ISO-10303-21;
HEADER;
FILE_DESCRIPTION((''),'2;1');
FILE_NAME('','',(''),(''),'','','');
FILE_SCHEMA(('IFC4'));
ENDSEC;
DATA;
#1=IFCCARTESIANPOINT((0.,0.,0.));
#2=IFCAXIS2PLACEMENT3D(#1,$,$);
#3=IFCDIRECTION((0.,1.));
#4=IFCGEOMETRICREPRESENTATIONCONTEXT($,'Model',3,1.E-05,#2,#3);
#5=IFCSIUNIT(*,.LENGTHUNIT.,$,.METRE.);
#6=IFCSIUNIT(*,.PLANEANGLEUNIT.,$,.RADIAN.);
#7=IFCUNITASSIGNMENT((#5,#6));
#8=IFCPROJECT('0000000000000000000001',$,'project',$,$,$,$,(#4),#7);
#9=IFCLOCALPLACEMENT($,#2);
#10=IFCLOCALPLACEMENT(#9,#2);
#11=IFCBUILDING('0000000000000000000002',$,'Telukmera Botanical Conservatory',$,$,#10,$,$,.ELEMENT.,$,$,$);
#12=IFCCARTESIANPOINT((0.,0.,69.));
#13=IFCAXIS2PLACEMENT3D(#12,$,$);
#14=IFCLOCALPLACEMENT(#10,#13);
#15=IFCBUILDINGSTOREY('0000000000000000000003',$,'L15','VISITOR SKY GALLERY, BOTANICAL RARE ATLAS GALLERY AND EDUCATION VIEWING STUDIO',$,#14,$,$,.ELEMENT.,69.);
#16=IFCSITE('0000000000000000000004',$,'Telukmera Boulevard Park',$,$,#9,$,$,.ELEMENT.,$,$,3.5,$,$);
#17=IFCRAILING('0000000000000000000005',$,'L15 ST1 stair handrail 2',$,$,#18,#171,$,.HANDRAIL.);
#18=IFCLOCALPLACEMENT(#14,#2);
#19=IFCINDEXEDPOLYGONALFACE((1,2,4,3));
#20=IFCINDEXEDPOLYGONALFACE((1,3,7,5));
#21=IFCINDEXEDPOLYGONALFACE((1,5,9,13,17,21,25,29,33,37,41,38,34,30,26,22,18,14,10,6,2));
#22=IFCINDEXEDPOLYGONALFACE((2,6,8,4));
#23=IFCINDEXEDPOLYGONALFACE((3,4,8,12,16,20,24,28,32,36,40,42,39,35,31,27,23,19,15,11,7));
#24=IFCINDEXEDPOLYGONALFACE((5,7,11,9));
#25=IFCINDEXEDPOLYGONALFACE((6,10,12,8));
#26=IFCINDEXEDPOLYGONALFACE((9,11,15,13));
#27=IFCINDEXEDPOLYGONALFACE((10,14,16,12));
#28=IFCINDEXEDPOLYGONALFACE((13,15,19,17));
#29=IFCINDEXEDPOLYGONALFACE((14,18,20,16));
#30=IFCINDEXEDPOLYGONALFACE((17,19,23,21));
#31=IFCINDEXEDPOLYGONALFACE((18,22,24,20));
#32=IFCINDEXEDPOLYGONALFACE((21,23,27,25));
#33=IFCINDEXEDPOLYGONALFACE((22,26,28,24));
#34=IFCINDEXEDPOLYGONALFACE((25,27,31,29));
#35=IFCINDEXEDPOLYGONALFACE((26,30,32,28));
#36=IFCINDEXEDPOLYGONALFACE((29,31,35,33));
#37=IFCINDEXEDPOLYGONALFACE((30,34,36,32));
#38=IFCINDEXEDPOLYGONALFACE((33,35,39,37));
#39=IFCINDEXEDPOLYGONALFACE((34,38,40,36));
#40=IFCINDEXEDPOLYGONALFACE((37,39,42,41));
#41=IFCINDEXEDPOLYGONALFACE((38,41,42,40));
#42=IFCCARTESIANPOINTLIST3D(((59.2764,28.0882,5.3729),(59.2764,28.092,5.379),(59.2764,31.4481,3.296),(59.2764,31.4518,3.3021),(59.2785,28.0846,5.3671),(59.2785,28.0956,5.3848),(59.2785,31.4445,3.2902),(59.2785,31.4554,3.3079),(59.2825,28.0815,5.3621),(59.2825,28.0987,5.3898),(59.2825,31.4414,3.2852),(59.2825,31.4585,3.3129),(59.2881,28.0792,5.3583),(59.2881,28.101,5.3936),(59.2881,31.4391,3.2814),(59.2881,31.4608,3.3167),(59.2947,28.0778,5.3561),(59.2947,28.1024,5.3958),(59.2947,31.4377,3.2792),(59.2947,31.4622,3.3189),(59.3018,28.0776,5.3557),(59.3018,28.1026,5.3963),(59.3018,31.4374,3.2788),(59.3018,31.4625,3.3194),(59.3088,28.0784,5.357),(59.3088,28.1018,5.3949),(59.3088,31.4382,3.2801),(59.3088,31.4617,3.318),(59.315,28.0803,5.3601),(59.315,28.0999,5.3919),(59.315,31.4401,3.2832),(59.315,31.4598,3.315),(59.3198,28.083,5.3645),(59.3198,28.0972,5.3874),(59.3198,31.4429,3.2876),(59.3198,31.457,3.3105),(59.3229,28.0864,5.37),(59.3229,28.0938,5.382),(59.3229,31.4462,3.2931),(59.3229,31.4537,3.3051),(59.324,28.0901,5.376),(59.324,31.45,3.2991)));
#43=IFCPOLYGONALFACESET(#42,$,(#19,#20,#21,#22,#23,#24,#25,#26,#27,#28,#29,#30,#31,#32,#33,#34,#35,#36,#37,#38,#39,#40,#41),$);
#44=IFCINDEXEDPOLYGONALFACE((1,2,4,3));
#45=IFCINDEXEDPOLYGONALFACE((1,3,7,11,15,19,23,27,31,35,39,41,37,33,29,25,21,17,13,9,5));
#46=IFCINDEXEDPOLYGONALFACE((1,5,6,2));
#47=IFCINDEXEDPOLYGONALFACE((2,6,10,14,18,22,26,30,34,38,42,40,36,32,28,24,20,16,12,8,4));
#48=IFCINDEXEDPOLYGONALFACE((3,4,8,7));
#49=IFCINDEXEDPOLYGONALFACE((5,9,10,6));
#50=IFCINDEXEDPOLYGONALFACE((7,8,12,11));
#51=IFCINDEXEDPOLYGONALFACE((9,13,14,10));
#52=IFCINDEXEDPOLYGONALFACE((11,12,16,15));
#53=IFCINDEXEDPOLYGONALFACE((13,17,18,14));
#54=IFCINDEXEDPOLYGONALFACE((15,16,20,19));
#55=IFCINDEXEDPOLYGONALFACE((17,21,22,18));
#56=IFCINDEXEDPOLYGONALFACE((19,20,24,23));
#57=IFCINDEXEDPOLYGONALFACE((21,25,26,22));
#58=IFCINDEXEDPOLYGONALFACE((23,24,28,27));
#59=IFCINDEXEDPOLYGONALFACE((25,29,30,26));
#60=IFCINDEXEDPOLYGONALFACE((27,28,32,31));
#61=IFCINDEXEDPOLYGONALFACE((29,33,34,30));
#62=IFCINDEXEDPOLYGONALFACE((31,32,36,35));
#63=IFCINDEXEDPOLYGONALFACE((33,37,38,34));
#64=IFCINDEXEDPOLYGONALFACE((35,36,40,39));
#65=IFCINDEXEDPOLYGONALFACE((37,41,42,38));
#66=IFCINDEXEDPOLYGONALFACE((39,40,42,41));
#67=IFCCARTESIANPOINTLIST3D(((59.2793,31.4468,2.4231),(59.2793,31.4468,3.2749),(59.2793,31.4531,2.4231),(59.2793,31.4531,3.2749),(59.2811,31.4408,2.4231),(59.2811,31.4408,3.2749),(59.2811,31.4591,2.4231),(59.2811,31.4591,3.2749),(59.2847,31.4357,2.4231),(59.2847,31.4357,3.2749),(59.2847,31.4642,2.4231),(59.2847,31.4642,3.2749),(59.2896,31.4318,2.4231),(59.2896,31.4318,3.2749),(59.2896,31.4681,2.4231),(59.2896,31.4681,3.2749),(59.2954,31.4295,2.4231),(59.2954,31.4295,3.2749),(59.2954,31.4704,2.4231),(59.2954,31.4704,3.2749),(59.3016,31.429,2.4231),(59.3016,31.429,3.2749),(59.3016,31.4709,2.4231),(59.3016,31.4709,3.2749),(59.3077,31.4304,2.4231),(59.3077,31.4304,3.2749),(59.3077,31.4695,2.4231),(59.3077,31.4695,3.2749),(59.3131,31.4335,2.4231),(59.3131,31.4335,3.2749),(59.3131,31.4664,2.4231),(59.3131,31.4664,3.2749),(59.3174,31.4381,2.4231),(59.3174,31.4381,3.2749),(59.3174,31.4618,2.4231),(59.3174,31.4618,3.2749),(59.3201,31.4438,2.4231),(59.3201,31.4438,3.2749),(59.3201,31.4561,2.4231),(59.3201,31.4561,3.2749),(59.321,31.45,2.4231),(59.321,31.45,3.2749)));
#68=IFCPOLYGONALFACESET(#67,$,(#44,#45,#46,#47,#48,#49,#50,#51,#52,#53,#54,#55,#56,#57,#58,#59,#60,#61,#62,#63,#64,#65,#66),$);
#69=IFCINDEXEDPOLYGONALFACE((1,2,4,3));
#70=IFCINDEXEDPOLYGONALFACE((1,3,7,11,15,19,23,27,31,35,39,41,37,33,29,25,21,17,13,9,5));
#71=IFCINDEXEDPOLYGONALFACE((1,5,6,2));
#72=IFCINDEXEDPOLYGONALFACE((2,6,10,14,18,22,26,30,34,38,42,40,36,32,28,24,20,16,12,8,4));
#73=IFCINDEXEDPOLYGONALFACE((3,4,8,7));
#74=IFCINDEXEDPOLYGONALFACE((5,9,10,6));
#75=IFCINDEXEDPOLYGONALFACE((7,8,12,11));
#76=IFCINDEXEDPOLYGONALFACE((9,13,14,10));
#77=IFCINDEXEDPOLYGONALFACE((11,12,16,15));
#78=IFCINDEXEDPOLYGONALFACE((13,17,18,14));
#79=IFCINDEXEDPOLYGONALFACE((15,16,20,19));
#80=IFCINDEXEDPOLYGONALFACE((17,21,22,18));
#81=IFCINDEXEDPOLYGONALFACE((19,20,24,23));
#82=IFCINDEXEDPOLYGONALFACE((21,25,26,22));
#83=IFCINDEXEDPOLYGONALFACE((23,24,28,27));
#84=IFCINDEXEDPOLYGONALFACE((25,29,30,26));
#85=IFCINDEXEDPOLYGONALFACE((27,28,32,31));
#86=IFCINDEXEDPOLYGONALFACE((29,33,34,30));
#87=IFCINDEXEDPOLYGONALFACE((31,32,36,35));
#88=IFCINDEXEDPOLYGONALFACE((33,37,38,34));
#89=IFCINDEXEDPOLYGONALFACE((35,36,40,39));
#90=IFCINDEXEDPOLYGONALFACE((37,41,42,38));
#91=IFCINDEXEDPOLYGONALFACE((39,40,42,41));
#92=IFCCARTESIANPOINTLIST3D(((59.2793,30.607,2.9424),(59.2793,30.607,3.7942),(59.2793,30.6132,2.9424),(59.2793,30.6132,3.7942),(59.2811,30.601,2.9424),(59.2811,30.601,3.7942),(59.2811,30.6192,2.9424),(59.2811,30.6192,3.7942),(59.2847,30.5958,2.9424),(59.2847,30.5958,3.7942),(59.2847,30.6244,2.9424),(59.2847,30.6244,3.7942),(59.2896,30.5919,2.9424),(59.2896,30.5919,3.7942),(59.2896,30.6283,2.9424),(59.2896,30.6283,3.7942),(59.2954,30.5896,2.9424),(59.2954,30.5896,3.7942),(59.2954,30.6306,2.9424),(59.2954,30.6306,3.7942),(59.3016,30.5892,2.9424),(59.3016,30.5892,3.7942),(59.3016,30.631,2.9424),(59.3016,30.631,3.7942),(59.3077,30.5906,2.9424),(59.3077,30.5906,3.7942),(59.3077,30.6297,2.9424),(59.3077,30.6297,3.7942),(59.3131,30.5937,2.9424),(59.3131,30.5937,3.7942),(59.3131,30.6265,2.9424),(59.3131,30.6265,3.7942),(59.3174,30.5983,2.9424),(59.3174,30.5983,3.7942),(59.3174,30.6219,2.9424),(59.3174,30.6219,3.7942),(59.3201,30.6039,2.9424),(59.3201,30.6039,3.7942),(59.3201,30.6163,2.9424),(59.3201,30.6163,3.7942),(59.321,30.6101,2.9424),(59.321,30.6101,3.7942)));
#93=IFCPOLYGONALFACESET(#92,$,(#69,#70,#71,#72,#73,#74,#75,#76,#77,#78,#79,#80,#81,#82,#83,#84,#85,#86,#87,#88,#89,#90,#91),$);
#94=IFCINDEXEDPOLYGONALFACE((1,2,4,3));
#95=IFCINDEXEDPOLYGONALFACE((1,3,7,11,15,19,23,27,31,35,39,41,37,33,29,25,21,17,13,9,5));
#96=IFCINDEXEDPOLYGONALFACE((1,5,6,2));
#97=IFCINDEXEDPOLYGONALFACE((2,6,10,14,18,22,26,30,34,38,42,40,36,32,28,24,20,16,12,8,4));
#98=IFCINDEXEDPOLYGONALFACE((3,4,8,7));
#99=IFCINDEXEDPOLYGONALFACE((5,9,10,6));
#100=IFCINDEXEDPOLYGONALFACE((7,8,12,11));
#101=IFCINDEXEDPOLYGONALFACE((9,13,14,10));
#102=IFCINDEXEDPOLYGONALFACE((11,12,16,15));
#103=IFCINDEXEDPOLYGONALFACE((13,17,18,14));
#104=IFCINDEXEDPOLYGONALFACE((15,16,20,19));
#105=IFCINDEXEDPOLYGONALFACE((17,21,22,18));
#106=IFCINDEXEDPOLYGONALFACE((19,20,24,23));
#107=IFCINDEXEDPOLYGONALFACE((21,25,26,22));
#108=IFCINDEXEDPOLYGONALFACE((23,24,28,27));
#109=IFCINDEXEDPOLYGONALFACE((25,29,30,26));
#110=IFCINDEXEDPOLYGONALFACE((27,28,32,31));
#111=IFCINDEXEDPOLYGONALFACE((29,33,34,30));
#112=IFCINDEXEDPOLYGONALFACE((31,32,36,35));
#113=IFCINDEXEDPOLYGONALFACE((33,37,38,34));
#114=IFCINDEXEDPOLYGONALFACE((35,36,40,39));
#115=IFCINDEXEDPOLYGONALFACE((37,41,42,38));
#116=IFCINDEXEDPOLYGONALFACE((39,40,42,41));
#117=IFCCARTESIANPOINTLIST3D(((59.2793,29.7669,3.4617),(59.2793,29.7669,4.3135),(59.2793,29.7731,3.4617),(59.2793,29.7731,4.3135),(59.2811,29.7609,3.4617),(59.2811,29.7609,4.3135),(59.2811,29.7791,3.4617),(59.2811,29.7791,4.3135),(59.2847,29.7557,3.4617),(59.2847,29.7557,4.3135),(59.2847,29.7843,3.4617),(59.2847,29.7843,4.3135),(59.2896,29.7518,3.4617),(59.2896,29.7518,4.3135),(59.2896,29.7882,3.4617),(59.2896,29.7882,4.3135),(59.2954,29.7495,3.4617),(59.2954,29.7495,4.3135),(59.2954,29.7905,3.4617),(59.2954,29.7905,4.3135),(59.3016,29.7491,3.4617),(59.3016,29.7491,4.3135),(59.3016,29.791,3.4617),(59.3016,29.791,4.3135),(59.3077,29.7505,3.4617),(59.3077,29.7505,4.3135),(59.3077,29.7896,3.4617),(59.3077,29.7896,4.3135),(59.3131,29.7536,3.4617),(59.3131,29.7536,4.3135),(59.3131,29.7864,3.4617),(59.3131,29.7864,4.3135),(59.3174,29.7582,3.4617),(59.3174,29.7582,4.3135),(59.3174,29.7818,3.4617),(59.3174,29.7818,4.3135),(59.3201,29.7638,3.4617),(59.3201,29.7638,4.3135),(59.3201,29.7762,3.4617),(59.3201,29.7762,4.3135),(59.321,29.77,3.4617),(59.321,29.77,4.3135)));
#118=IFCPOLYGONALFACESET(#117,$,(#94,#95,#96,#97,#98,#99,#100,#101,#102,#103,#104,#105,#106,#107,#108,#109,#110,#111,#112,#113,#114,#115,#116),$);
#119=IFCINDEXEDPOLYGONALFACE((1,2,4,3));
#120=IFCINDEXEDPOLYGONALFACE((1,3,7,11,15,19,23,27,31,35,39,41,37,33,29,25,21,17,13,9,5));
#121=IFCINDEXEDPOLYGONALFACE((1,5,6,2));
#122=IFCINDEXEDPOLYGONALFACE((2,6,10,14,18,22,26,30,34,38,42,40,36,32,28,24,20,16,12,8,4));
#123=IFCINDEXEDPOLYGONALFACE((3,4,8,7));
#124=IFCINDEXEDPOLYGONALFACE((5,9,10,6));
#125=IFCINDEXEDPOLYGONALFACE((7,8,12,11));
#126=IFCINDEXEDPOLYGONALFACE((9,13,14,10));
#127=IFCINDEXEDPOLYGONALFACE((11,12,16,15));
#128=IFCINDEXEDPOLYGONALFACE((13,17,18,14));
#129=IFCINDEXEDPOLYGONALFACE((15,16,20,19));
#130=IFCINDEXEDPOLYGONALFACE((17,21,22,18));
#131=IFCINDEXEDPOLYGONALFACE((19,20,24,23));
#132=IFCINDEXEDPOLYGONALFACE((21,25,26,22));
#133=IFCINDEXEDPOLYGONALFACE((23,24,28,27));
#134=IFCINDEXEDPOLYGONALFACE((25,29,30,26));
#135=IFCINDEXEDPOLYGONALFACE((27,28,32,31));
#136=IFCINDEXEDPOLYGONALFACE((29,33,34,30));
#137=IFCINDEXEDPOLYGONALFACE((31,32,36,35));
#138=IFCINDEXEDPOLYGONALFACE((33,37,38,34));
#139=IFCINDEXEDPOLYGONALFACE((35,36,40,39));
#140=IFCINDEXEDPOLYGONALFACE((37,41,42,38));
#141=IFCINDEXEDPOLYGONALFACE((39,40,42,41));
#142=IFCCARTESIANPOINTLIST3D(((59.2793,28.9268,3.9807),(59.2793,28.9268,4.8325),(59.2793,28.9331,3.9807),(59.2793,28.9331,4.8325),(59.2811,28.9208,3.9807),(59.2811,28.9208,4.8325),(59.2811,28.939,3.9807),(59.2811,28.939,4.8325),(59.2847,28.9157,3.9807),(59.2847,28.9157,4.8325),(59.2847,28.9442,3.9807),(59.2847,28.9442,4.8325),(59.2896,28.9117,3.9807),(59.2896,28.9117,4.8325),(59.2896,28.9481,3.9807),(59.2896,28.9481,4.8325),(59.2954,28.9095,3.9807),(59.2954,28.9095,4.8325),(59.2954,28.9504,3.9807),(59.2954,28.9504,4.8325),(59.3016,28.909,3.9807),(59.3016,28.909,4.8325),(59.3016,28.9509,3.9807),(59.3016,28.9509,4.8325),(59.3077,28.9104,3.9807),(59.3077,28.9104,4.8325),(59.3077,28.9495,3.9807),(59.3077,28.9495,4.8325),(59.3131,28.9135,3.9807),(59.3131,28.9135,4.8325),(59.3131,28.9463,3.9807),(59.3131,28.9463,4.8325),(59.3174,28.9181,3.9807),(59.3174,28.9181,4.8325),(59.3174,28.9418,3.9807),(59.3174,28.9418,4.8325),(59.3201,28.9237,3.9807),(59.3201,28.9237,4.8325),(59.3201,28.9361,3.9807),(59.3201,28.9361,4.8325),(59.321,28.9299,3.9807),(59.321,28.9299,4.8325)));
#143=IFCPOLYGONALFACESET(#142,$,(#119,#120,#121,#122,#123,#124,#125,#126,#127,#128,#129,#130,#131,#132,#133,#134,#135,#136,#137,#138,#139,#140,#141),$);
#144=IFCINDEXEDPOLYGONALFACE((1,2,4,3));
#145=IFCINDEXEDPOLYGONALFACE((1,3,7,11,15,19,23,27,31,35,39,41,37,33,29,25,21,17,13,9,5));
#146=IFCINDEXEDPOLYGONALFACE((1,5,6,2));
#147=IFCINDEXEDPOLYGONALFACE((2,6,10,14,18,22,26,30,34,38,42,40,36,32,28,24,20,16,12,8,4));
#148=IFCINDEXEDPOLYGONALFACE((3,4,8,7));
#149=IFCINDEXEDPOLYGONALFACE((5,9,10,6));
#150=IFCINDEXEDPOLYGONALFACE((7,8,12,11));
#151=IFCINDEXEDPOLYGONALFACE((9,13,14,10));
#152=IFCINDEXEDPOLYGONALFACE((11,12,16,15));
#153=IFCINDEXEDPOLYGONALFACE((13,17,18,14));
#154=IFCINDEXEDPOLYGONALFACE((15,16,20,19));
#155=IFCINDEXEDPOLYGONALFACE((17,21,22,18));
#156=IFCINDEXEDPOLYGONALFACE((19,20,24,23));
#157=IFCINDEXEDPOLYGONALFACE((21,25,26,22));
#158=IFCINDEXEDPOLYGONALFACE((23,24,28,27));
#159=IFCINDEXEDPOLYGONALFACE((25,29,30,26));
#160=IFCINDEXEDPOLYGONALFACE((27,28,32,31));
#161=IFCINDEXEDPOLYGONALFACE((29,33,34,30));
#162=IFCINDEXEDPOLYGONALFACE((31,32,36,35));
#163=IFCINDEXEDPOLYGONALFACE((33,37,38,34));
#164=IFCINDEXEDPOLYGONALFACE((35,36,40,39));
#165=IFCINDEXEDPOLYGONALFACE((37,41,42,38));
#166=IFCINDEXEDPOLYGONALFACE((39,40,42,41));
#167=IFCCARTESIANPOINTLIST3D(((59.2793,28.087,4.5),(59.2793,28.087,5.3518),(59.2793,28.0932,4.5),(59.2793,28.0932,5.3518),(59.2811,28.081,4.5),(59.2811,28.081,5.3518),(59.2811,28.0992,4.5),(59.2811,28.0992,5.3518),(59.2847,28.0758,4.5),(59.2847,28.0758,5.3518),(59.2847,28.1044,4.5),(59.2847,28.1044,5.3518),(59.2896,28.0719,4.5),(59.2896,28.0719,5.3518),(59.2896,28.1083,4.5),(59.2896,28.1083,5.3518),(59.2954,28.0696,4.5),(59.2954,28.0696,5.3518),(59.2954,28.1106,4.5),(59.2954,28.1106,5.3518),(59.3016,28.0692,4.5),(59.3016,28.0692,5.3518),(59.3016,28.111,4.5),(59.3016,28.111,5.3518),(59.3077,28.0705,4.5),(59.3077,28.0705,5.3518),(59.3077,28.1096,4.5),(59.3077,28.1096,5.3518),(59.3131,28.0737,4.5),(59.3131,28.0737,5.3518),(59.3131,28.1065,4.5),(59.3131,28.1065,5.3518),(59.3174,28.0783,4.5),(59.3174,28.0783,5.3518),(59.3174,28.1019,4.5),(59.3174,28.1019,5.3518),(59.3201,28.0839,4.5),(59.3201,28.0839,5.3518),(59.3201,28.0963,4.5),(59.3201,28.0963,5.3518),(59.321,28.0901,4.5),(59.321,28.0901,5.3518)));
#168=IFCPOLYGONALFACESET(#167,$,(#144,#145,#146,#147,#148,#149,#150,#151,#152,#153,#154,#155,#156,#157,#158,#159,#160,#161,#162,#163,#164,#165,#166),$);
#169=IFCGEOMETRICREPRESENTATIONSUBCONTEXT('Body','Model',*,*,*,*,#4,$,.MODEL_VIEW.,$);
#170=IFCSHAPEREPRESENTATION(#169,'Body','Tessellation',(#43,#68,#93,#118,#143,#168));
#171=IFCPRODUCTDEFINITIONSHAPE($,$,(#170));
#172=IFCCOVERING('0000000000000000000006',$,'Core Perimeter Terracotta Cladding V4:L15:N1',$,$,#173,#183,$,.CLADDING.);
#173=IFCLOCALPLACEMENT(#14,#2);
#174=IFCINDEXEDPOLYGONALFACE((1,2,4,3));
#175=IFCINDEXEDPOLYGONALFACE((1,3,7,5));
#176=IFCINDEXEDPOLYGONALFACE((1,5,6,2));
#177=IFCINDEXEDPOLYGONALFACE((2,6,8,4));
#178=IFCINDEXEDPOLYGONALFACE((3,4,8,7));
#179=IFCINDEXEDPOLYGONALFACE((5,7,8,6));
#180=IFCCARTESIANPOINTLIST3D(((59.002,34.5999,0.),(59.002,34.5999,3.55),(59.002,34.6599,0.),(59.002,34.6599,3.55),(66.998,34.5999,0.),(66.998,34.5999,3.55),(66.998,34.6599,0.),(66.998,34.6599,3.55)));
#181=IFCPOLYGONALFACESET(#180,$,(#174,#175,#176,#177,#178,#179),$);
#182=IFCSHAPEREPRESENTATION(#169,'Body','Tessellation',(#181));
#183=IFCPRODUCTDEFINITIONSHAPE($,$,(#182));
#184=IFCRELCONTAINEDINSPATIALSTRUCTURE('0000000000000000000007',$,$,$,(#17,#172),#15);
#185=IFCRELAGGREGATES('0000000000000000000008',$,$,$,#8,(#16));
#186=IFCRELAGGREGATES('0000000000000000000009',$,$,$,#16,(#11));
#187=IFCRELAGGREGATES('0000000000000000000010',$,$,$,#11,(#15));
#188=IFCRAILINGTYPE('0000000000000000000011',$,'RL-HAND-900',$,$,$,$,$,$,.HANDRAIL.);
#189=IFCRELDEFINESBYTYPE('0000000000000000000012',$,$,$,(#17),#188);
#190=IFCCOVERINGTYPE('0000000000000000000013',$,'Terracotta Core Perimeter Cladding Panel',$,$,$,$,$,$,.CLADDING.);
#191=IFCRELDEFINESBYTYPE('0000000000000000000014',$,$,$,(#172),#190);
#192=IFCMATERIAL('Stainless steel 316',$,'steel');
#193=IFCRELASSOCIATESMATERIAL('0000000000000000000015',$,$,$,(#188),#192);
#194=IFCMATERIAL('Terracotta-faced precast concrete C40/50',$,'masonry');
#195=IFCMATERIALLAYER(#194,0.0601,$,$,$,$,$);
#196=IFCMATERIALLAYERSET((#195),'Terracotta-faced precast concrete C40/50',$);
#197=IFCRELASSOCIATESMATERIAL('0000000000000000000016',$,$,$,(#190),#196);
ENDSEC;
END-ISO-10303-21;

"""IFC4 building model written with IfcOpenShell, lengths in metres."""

from ifc_helpers import new_model, si_unit, direction, frame, origin, origin_2d, place, context, subcontext, project, spatial, rectangle, circle, extrude, material, layer, layer_set, type_object, element, save


model = new_model("IFC4")

# Units and contexts
model_context = context("Model", 3, precision=1e-05, world=origin(), true_north=direction((0.0, 1.0)))
body_context = subcontext(model_context, "Body", "Model", "MODEL_VIEW")
ifc_project = project(units=[si_unit("LENGTHUNIT", "METRE"), si_unit("PLANEANGLEUNIT", "RADIAN")], contexts=[model_context])

# Site, building, storey
site_placement = place(None, origin())
site = spatial("IfcSite", under=ifc_project, at=site_placement, Name="Telukmera Boulevard Park", CompositionType="ELEMENT", RefElevation=3.5)
building_placement = place(site_placement, origin())
building = spatial("IfcBuilding", under=site, at=building_placement, Name="Telukmera Botanical Conservatory", CompositionType="ELEMENT")
storey_placement = place(building_placement, frame((0.0, 0.0, 69.0)))
storey = spatial("IfcBuildingStorey", under=building, at=storey_placement, Name="L15", Description="VISITOR SKY GALLERY, BOTANICAL RARE ATLAS GALLERY AND EDUCATION VIEWING STUDIO", CompositionType="ELEMENT", Elevation=69.0)

# Shared definitions
ifc_material_1 = material(Name="Stainless steel 316", Category="steel")

# Railing
railing_type_1 = type_object("IfcRailingType", Name="RL-HAND-900", PredefinedType="HANDRAIL", material=ifc_material_1)
railing_1_placement = place(storey_placement, frame((59.3, 31.45, 2.4231)))
element("IfcRailing", 1, at=railing_1_placement, inside=storey, type_object=railing_type_1, Name="L15 ST1 stair handrail 2", PredefinedType="HANDRAIL", context=body_context, shape_type="SweptSolid", body=[
    extrude(circle(Radius=0.0239, at=origin_2d()), frame((0.0, 0.0, 0.876), z_axis=(0.0, -0.850606, 0.525803), x_axis=(1.0, 0.0, 0.0)), (0.0, 0.0, 1.0), 3.95),
    extrude(circle(Radius=0.021, at=origin_2d()), origin(), (0.0, 0.0, 1.0), 0.8518),
    extrude(circle(Radius=0.021, at=origin_2d()), frame((0.0, -0.8398, 0.5193)), (0.0, 0.0, 1.0), 0.8518),
    extrude(circle(Radius=0.021, at=origin_2d()), frame((0.0, -1.6799, 1.0386)), (0.0, 0.0, 1.0), 0.8518),
    extrude(circle(Radius=0.021, at=origin_2d()), frame((0.0, -2.52, 1.5576)), (0.0, 0.0, 1.0), 0.8518),
    extrude(circle(Radius=0.021, at=origin_2d()), frame((0.0, -3.3599, 2.0769)), (0.0, 0.0, 1.0), 0.8518),
])

# Covering
ifc_material_2 = material(Name="Terracotta-faced precast concrete C40/50", Category="masonry")
ifc_layer_1 = layer(ifc_material_2, 0.0601)
ifc_layer_set_1 = layer_set([ifc_layer_1], Name="Terracotta-faced precast concrete C40/50")
covering_type = type_object("IfcCoveringType", Name="Terracotta Core Perimeter Cladding Panel", PredefinedType="CLADDING", material=ifc_layer_set_1)
covering_placement = place(storey_placement, frame((63.0, 34.6299, 0.0), z_axis=(0.0, 0.0, 1.0), x_axis=(1.0, 0.0, 0.0)))
element("IfcCovering", 2, at=covering_placement, inside=storey, type_object=covering_type, Name="Core Perimeter Terracotta Cladding V4:L15:N1", PredefinedType="CLADDING", context=body_context, shape_type="SweptSolid", body=[
    extrude(rectangle(XDim=7.9961, YDim=0.0601, at=origin_2d()), origin(), (0.0, 0.0, 1.0), 3.55),
])

save(model, "model.ifc")
